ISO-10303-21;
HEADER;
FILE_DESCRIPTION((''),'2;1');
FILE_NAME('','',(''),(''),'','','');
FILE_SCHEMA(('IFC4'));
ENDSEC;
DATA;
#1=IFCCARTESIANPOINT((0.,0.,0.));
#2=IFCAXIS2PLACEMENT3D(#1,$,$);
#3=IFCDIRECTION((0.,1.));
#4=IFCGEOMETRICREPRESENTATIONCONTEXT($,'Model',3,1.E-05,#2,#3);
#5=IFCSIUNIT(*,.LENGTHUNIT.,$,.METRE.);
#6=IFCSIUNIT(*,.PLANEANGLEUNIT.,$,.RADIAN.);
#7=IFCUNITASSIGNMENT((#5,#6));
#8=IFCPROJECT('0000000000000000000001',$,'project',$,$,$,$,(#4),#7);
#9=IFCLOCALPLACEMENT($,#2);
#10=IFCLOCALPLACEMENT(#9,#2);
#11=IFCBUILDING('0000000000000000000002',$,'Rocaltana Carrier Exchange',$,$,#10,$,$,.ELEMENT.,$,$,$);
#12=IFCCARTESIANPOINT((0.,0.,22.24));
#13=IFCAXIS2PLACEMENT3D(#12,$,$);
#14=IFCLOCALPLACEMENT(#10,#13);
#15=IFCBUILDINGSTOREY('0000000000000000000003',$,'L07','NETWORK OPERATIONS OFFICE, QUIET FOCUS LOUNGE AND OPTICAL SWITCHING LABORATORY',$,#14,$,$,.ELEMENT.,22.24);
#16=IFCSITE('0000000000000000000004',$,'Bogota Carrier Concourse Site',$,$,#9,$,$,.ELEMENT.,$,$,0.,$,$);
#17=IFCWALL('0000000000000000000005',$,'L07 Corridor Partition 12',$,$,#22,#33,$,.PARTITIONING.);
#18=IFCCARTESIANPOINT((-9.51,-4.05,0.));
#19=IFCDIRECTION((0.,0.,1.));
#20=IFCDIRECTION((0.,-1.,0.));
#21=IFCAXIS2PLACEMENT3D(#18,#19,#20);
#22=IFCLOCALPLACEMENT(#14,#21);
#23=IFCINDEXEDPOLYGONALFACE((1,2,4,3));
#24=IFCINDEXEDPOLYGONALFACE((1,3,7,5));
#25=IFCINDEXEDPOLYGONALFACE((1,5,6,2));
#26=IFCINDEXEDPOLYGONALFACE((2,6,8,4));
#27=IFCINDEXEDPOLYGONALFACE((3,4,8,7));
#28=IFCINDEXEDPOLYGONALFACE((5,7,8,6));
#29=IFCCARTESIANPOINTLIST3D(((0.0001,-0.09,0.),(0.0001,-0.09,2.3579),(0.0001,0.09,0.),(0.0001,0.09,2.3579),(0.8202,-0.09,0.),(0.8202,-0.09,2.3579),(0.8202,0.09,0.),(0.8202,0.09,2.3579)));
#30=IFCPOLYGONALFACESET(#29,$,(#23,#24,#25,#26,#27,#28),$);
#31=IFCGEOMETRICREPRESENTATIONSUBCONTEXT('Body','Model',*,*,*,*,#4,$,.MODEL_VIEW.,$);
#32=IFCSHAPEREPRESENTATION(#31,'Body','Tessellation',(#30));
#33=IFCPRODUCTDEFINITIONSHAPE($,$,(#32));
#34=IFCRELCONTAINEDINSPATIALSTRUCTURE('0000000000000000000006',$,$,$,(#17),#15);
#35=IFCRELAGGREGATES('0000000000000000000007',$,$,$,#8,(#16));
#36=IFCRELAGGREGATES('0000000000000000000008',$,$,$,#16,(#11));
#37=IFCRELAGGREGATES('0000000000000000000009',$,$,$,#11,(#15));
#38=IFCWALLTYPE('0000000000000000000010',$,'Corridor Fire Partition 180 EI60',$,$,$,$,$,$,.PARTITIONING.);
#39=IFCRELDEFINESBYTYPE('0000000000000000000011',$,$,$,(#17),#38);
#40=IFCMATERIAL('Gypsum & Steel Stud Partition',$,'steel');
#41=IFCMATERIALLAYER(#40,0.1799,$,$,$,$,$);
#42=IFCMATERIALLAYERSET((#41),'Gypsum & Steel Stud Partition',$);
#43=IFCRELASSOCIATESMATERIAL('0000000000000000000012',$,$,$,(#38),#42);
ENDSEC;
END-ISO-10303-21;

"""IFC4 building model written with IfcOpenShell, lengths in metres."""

from ifc_helpers import new_model, si_unit, direction, frame, frame_2d, origin, place, context, subcontext, project, spatial, rectangle, extrude, material, layer, layer_set, type_object, element, save


model = new_model("IFC4")

# Units and contexts
model_context = context("Model", 3, precision=1e-05, world=origin(), true_north=direction((0.0, 1.0)))
body_context = subcontext(model_context, "Body", "Model", "MODEL_VIEW")
ifc_project = project(units=[si_unit("LENGTHUNIT", "METRE"), si_unit("PLANEANGLEUNIT", "RADIAN")], contexts=[model_context])

# Site, building, storey
site_placement = place(None, origin())
site = spatial("IfcSite", under=ifc_project, at=site_placement, Name="Bogota Carrier Concourse Site", CompositionType="ELEMENT", RefElevation=0.0)
building_placement = place(site_placement, origin())
building = spatial("IfcBuilding", under=site, at=building_placement, Name="Rocaltana Carrier Exchange", CompositionType="ELEMENT")
storey_placement = place(building_placement, frame((0.0, 0.0, 22.24)))
storey = spatial("IfcBuildingStorey", under=building, at=storey_placement, Name="L07", Description="NETWORK OPERATIONS OFFICE, QUIET FOCUS LOUNGE AND OPTICAL SWITCHING LABORATORY", CompositionType="ELEMENT", Elevation=22.24)

# Shared definitions
ifc_material_1 = material(Name="Gypsum & Steel Stud Partition", Category="steel")
ifc_layer_1 = layer(ifc_material_1, 0.1799)
ifc_layer_set_1 = layer_set([ifc_layer_1], Name="Gypsum & Steel Stud Partition")
wall_type_1 = type_object("IfcWallType", Name="Corridor Fire Partition 180 EI60", PredefinedType="PARTITIONING", material=ifc_layer_set_1)

# Wall
wall_1_placement = place(storey_placement, frame((-9.51, -4.05, 0.0), z_axis=(0.0, 0.0, 1.0), x_axis=(0.0, -1.0, 0.0)))
element("IfcWall", 1, at=wall_1_placement, inside=storey, type_object=wall_type_1, Name="L07 Corridor Partition 12", PredefinedType="PARTITIONING", context=body_context, shape_type="SweptSolid", body=[
    extrude(rectangle(XDim=0.8201, YDim=0.1799, at=frame_2d((0.4102, 0.0))), origin(), (0.0, 0.0, 1.0), 2.3579),
])

save(model, "model.ifc")
